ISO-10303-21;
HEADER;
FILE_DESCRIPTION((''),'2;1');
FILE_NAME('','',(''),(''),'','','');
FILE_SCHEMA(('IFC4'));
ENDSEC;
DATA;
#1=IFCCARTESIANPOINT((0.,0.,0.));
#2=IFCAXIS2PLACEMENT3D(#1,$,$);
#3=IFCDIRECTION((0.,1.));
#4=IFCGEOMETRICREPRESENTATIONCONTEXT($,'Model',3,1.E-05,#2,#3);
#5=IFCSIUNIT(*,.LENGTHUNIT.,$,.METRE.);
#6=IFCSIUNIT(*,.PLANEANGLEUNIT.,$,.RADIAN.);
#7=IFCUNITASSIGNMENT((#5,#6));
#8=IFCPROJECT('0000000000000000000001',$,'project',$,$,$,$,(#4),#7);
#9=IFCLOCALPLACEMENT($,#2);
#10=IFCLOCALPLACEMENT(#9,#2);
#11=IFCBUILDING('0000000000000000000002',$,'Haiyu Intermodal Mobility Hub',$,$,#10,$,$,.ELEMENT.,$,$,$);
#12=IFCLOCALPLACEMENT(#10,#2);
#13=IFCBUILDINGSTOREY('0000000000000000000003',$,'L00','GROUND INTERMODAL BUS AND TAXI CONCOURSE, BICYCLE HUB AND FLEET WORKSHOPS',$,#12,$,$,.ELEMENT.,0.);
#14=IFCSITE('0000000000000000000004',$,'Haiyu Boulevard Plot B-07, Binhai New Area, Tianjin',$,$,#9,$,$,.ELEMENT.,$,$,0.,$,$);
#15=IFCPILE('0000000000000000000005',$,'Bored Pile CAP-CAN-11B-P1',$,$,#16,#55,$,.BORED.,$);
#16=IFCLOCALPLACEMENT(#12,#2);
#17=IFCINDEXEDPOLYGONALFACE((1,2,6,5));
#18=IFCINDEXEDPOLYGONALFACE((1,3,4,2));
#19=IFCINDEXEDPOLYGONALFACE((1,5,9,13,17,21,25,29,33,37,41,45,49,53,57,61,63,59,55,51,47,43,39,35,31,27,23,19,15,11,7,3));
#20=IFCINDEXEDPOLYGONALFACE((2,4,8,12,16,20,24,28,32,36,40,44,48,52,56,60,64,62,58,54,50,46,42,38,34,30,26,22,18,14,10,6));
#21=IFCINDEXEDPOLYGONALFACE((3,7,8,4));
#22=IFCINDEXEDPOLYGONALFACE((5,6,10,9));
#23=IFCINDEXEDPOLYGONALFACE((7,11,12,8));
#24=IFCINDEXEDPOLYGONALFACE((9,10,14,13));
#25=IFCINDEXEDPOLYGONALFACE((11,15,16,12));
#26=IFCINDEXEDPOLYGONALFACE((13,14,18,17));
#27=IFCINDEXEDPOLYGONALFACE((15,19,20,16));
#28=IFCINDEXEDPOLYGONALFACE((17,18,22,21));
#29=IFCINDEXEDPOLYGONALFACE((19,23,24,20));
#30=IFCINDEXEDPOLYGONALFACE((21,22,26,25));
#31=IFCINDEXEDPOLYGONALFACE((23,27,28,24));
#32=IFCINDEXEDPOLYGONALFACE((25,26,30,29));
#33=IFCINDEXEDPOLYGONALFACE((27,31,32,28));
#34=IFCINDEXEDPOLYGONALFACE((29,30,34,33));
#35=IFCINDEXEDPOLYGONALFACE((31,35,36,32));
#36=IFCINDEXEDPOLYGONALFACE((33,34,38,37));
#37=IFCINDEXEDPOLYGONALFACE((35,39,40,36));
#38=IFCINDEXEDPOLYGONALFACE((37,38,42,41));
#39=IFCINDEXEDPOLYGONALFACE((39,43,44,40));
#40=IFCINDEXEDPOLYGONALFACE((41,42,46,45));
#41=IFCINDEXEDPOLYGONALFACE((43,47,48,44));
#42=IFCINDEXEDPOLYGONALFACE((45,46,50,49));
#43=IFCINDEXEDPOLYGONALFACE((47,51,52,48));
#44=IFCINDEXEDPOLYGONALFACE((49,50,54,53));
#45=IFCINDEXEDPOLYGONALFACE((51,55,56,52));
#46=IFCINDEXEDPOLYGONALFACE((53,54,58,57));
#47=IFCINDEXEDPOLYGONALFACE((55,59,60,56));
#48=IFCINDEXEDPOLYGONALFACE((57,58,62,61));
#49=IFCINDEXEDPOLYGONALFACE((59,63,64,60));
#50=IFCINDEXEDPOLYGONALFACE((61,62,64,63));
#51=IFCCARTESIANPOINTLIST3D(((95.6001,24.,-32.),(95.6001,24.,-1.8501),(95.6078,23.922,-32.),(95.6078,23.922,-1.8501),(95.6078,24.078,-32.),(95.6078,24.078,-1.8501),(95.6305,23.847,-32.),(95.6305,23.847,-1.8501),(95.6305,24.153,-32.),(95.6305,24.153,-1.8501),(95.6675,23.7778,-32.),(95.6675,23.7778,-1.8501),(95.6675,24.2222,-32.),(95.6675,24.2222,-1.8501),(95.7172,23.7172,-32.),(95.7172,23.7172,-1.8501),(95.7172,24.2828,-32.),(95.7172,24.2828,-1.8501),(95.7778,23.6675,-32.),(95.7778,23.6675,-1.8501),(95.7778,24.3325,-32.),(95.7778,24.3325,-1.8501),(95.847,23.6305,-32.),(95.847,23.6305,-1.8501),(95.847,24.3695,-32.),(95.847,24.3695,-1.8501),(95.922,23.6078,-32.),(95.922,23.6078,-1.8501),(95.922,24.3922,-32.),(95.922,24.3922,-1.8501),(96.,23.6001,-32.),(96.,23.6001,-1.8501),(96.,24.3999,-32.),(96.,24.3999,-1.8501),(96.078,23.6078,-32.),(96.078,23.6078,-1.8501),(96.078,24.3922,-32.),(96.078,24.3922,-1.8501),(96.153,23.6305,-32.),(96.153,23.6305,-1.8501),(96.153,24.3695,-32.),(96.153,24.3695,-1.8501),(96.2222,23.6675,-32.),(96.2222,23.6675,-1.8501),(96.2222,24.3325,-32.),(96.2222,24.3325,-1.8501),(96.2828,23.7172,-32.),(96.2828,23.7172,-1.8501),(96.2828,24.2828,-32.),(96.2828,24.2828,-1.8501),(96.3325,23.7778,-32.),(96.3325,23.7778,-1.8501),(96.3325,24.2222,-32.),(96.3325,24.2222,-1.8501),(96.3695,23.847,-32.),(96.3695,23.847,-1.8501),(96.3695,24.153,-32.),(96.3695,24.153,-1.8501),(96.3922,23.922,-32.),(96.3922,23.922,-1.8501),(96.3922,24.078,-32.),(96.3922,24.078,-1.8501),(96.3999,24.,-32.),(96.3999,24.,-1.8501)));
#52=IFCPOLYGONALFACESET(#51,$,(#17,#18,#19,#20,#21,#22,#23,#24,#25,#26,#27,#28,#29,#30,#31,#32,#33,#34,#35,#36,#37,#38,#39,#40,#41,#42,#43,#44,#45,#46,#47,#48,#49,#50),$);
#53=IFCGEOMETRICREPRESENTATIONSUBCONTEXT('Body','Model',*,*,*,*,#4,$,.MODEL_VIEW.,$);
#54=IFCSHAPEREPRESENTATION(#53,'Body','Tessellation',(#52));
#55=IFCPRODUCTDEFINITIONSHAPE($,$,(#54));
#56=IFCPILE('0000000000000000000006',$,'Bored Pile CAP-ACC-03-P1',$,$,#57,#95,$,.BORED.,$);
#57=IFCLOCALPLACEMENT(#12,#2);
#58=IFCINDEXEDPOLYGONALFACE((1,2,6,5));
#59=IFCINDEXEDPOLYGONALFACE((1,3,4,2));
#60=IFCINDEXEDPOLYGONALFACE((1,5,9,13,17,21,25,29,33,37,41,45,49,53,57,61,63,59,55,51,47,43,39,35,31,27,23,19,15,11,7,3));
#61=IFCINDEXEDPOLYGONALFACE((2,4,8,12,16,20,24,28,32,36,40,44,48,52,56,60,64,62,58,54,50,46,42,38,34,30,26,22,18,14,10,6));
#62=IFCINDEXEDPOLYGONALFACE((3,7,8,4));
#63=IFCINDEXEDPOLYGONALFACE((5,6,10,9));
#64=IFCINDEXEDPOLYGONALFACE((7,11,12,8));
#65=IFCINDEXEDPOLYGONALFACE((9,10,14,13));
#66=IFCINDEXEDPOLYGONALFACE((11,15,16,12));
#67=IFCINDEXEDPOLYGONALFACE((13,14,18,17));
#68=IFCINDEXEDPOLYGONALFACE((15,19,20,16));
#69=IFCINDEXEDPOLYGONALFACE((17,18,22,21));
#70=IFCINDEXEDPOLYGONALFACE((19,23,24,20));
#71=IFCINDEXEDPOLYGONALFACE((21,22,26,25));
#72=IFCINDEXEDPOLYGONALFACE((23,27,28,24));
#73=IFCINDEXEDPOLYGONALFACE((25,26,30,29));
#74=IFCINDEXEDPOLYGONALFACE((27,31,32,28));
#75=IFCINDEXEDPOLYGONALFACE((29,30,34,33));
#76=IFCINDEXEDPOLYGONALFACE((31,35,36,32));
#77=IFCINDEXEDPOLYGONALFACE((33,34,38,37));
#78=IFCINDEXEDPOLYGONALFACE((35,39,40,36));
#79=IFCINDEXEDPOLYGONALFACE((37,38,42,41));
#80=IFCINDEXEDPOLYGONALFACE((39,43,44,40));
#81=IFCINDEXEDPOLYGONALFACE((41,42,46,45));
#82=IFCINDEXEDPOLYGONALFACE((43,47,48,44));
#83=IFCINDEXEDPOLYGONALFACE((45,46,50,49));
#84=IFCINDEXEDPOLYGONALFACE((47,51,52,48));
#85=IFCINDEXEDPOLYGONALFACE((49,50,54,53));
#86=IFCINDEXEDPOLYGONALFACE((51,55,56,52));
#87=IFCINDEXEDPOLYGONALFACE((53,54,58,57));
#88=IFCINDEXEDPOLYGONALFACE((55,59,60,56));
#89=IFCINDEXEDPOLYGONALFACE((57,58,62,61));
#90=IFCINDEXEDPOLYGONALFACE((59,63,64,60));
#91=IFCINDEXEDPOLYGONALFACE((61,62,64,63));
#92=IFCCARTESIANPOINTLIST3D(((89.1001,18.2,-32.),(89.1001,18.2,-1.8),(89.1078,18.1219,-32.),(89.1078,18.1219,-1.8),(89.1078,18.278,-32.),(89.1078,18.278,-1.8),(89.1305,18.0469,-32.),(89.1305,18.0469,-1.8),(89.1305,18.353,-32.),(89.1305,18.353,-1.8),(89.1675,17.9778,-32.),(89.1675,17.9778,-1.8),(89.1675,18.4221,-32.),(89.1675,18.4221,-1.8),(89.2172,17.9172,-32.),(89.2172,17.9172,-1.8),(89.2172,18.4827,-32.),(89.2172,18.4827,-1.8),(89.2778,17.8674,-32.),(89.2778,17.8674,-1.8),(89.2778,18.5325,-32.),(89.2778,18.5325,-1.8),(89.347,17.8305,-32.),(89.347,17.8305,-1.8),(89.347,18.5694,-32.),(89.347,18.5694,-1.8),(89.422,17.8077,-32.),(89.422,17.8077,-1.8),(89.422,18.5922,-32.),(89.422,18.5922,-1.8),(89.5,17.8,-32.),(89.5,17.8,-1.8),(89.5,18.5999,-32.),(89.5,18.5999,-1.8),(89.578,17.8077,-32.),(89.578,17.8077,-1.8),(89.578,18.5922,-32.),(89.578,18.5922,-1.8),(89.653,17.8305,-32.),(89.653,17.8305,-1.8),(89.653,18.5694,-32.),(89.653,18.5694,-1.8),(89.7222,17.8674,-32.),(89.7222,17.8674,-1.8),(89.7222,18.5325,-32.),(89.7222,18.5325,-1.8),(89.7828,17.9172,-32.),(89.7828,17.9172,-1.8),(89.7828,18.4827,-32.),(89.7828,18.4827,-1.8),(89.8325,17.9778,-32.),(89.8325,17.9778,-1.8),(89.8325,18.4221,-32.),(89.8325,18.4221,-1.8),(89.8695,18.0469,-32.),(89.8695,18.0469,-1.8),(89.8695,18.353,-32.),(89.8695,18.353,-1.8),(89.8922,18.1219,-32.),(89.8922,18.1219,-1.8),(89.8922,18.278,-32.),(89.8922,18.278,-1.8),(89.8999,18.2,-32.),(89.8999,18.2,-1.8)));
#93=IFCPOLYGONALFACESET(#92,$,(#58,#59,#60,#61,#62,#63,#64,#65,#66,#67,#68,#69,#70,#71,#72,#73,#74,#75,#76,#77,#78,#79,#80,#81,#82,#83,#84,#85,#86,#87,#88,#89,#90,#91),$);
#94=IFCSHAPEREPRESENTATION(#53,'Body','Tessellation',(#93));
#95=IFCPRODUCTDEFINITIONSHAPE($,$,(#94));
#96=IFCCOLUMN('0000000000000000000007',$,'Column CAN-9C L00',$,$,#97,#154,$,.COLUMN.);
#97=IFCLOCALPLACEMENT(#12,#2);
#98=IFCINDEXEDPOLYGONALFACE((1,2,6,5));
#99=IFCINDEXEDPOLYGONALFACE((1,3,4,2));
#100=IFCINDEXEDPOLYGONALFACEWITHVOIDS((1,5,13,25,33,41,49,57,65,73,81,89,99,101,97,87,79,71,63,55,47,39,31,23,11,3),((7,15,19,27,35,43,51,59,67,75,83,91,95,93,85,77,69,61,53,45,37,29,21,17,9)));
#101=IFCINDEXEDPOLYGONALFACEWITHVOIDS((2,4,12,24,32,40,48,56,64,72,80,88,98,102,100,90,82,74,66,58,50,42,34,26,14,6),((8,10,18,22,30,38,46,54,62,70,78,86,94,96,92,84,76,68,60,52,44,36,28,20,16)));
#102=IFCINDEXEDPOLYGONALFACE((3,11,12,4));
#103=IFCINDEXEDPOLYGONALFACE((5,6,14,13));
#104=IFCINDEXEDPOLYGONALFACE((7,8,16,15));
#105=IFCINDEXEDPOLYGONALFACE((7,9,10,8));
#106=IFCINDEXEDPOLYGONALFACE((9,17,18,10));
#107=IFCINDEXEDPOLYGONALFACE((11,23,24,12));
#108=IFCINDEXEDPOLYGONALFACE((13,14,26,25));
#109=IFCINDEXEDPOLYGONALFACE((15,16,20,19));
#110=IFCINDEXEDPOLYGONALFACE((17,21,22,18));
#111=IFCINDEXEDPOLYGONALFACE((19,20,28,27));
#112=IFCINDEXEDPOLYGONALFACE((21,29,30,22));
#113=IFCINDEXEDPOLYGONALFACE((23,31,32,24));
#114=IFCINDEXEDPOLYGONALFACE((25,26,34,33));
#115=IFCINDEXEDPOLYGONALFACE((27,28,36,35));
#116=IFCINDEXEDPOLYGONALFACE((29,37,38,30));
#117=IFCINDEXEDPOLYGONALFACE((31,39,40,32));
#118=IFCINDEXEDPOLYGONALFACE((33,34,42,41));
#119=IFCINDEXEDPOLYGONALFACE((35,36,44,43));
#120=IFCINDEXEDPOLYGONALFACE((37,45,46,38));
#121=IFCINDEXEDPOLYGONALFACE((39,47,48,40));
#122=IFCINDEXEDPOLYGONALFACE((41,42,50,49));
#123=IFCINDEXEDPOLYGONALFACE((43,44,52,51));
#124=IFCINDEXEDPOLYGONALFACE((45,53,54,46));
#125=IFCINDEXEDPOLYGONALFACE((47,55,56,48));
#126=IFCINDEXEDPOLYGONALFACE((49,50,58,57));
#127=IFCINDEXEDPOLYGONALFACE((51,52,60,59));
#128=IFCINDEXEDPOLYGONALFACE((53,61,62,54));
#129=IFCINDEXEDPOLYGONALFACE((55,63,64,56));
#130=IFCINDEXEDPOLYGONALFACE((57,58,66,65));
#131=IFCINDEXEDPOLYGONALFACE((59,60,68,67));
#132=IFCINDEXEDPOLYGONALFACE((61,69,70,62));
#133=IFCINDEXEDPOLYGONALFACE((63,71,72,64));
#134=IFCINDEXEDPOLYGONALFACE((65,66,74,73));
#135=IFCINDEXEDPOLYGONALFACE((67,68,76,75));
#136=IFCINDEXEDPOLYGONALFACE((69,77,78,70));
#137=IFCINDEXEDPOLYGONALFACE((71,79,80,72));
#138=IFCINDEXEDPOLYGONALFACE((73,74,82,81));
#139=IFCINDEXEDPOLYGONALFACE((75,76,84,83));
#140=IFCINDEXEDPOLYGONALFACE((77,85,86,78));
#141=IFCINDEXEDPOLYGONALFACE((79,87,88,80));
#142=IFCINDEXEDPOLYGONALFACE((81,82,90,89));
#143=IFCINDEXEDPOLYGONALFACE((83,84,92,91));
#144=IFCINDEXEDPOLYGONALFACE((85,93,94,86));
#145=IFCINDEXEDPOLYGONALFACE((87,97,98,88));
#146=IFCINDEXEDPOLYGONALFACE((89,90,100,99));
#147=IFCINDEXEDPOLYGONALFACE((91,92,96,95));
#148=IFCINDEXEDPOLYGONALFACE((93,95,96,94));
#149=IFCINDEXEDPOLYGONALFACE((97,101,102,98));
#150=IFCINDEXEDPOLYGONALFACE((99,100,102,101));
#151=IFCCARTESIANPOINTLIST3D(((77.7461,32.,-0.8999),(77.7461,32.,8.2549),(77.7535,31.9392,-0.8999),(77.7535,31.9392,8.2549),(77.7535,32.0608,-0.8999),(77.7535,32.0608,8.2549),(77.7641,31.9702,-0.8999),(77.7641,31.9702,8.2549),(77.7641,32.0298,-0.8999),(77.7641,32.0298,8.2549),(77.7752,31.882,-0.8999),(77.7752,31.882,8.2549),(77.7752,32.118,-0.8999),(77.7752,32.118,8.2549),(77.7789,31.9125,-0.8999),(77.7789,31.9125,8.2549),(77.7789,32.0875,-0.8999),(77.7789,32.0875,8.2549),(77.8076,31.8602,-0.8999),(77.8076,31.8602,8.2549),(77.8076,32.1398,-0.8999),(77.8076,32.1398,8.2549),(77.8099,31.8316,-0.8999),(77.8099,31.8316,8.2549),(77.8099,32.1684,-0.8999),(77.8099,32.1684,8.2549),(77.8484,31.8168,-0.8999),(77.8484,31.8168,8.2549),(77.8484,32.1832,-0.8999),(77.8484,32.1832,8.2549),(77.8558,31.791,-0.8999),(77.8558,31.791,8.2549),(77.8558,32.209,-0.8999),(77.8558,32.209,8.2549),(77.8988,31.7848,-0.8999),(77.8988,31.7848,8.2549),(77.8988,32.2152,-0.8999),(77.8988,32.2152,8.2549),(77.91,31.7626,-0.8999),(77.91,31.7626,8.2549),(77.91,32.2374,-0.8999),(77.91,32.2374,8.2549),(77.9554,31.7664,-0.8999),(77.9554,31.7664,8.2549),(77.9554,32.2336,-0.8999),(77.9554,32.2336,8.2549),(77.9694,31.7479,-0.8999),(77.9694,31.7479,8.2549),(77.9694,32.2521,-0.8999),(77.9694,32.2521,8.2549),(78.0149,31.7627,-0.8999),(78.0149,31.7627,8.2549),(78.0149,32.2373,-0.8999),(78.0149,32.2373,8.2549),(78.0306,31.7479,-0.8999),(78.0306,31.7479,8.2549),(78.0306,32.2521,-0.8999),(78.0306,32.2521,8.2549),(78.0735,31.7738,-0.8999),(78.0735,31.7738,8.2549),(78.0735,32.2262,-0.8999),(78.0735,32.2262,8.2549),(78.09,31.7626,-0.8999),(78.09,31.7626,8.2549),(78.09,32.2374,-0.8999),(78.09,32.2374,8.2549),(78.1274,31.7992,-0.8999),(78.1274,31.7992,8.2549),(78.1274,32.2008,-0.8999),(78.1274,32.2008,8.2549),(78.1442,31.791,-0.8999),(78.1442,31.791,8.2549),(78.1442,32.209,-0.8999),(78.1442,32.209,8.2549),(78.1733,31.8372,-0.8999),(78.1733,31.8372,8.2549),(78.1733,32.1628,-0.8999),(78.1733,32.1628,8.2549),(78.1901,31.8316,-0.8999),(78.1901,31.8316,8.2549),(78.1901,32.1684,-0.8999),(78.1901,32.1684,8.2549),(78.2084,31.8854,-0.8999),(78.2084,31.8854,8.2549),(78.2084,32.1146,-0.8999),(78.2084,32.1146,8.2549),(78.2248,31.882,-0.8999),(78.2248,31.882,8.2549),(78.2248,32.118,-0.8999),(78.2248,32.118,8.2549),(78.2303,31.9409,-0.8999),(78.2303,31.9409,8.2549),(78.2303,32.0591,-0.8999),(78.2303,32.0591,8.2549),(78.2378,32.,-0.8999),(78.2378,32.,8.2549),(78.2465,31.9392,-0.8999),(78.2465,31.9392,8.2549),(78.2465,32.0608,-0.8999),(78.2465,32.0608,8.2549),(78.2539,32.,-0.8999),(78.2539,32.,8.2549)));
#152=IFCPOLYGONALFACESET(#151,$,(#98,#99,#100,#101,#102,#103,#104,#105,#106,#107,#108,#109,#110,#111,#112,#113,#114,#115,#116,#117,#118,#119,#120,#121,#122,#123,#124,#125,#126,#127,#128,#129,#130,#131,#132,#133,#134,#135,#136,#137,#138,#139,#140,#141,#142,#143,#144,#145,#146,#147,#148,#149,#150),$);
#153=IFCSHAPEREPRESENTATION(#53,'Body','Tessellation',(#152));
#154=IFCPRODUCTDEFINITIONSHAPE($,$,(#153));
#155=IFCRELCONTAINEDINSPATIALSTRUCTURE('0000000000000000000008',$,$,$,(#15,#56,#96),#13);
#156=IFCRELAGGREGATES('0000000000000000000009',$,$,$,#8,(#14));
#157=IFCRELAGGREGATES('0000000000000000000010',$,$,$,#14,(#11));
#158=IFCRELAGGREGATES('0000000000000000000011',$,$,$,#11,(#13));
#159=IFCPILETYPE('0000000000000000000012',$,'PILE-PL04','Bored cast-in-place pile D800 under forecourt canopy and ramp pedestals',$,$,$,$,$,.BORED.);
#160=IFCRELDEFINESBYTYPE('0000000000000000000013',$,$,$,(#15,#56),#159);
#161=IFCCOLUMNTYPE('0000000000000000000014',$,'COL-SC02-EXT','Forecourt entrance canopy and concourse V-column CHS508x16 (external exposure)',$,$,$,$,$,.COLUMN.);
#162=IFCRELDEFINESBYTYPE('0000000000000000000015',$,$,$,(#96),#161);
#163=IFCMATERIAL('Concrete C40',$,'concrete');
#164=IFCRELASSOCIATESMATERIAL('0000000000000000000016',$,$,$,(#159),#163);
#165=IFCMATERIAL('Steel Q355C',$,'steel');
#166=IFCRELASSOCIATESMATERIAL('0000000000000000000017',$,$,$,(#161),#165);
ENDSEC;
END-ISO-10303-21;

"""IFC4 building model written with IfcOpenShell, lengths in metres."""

from ifc_helpers import new_model, si_unit, direction, frame, origin, origin_2d, place, context, subcontext, project, spatial, circle, hollow_circle, extrude, material, material_profile, profile_set, type_object, element, save


model = new_model("IFC4")

# Units and contexts
model_context = context("Model", 3, precision=1e-05, world=origin(), true_north=direction((0.0, 1.0)))
body_context = subcontext(model_context, "Body", "Model", "MODEL_VIEW")
ifc_project = project(units=[si_unit("LENGTHUNIT", "METRE"), si_unit("PLANEANGLEUNIT", "RADIAN")], contexts=[model_context])

# Site, building, storey
site_placement = place(None, origin())
site = spatial("IfcSite", under=ifc_project, at=site_placement, Name="Haiyu Boulevard Plot B-07, Binhai New Area, Tianjin", CompositionType="ELEMENT", RefElevation=0.0)
building_placement = place(site_placement, origin())
building = spatial("IfcBuilding", under=site, at=building_placement, Name="Haiyu Intermodal Mobility Hub", CompositionType="ELEMENT")
storey_placement = place(building_placement, origin())
storey = spatial("IfcBuildingStorey", under=building, at=storey_placement, Name="L00", Description="GROUND INTERMODAL BUS AND TAXI CONCOURSE, BICYCLE HUB AND FLEET WORKSHOPS", CompositionType="ELEMENT", Elevation=0.0)

# Shared definitions
ifc_material_1 = material(Name="Concrete C40", Category="concrete")

# Piles
ifc_material_profile_1 = material_profile(ifc_material_1, circle(Radius=0.3999, at=origin_2d()), Name="PILE-D800")
ifc_profile_set_1 = profile_set([ifc_material_profile_1], Name="Concrete C40")
pile_type_1 = type_object("IfcPileType", Name="PILE-PL04", Description="Bored cast-in-place pile D800 under forecourt canopy and ramp pedestals", PredefinedType="BORED", material=ifc_profile_set_1)
pile_1_placement = place(storey_placement, frame((96.0, 24.0, -1.8501), z_axis=(0.0, 0.0, -1.0), x_axis=(1.0, 0.0, 0.0)))
element("IfcPile", 1, at=pile_1_placement, inside=storey, type_object=pile_type_1, Name="Bored Pile CAP-CAN-11B-P1", PredefinedType="BORED", context=body_context, shape_type="SweptSolid", body=[
    extrude(circle(Radius=0.3999, at=origin_2d()), origin(), (0.0, 0.0, 1.0), 30.1499),
])
pile_2_placement = place(storey_placement, frame((89.5, 18.2, -1.8), z_axis=(0.0, 0.0, -1.0), x_axis=(1.0, 0.0, 0.0)))
element("IfcPile", 2, at=pile_2_placement, inside=storey, type_object=pile_type_1, Name="Bored Pile CAP-ACC-03-P1", PredefinedType="BORED", context=body_context, shape_type="SweptSolid", body=[
    extrude(circle(Radius=0.3999, at=origin_2d()), origin(), (0.0, 0.0, 1.0), 30.2),
])

# Column
ifc_material_2 = material(Name="Steel Q355C", Category="steel")
ifc_material_profile_2 = material_profile(ifc_material_2, hollow_circle(Radius=0.2539, WallThickness=0.0161, at=origin_2d()), Name="CHS508x16")
ifc_profile_set_2 = profile_set([ifc_material_profile_2], Name="Steel Q355C")
column_type = type_object("IfcColumnType", Name="COL-SC02-EXT", Description="Forecourt entrance canopy and concourse V-column CHS508x16 (external exposure)", PredefinedType="COLUMN", material=ifc_profile_set_2)
column_1_placement = place(storey_placement, frame((78.0, 32.0, -0.8999), z_axis=(0.0, 0.0, 1.0), x_axis=(1.0, 0.0, 0.0)))
element("IfcColumn", 3, at=column_1_placement, inside=storey, type_object=column_type, Name="Column CAN-9C L00", PredefinedType="COLUMN", context=body_context, shape_type="SweptSolid", body=[
    extrude(hollow_circle(Radius=0.2539, WallThickness=0.0161, at=origin_2d()), origin(), (0.0, 0.0, 1.0), 9.1548),
])

save(model, "model.ifc")
